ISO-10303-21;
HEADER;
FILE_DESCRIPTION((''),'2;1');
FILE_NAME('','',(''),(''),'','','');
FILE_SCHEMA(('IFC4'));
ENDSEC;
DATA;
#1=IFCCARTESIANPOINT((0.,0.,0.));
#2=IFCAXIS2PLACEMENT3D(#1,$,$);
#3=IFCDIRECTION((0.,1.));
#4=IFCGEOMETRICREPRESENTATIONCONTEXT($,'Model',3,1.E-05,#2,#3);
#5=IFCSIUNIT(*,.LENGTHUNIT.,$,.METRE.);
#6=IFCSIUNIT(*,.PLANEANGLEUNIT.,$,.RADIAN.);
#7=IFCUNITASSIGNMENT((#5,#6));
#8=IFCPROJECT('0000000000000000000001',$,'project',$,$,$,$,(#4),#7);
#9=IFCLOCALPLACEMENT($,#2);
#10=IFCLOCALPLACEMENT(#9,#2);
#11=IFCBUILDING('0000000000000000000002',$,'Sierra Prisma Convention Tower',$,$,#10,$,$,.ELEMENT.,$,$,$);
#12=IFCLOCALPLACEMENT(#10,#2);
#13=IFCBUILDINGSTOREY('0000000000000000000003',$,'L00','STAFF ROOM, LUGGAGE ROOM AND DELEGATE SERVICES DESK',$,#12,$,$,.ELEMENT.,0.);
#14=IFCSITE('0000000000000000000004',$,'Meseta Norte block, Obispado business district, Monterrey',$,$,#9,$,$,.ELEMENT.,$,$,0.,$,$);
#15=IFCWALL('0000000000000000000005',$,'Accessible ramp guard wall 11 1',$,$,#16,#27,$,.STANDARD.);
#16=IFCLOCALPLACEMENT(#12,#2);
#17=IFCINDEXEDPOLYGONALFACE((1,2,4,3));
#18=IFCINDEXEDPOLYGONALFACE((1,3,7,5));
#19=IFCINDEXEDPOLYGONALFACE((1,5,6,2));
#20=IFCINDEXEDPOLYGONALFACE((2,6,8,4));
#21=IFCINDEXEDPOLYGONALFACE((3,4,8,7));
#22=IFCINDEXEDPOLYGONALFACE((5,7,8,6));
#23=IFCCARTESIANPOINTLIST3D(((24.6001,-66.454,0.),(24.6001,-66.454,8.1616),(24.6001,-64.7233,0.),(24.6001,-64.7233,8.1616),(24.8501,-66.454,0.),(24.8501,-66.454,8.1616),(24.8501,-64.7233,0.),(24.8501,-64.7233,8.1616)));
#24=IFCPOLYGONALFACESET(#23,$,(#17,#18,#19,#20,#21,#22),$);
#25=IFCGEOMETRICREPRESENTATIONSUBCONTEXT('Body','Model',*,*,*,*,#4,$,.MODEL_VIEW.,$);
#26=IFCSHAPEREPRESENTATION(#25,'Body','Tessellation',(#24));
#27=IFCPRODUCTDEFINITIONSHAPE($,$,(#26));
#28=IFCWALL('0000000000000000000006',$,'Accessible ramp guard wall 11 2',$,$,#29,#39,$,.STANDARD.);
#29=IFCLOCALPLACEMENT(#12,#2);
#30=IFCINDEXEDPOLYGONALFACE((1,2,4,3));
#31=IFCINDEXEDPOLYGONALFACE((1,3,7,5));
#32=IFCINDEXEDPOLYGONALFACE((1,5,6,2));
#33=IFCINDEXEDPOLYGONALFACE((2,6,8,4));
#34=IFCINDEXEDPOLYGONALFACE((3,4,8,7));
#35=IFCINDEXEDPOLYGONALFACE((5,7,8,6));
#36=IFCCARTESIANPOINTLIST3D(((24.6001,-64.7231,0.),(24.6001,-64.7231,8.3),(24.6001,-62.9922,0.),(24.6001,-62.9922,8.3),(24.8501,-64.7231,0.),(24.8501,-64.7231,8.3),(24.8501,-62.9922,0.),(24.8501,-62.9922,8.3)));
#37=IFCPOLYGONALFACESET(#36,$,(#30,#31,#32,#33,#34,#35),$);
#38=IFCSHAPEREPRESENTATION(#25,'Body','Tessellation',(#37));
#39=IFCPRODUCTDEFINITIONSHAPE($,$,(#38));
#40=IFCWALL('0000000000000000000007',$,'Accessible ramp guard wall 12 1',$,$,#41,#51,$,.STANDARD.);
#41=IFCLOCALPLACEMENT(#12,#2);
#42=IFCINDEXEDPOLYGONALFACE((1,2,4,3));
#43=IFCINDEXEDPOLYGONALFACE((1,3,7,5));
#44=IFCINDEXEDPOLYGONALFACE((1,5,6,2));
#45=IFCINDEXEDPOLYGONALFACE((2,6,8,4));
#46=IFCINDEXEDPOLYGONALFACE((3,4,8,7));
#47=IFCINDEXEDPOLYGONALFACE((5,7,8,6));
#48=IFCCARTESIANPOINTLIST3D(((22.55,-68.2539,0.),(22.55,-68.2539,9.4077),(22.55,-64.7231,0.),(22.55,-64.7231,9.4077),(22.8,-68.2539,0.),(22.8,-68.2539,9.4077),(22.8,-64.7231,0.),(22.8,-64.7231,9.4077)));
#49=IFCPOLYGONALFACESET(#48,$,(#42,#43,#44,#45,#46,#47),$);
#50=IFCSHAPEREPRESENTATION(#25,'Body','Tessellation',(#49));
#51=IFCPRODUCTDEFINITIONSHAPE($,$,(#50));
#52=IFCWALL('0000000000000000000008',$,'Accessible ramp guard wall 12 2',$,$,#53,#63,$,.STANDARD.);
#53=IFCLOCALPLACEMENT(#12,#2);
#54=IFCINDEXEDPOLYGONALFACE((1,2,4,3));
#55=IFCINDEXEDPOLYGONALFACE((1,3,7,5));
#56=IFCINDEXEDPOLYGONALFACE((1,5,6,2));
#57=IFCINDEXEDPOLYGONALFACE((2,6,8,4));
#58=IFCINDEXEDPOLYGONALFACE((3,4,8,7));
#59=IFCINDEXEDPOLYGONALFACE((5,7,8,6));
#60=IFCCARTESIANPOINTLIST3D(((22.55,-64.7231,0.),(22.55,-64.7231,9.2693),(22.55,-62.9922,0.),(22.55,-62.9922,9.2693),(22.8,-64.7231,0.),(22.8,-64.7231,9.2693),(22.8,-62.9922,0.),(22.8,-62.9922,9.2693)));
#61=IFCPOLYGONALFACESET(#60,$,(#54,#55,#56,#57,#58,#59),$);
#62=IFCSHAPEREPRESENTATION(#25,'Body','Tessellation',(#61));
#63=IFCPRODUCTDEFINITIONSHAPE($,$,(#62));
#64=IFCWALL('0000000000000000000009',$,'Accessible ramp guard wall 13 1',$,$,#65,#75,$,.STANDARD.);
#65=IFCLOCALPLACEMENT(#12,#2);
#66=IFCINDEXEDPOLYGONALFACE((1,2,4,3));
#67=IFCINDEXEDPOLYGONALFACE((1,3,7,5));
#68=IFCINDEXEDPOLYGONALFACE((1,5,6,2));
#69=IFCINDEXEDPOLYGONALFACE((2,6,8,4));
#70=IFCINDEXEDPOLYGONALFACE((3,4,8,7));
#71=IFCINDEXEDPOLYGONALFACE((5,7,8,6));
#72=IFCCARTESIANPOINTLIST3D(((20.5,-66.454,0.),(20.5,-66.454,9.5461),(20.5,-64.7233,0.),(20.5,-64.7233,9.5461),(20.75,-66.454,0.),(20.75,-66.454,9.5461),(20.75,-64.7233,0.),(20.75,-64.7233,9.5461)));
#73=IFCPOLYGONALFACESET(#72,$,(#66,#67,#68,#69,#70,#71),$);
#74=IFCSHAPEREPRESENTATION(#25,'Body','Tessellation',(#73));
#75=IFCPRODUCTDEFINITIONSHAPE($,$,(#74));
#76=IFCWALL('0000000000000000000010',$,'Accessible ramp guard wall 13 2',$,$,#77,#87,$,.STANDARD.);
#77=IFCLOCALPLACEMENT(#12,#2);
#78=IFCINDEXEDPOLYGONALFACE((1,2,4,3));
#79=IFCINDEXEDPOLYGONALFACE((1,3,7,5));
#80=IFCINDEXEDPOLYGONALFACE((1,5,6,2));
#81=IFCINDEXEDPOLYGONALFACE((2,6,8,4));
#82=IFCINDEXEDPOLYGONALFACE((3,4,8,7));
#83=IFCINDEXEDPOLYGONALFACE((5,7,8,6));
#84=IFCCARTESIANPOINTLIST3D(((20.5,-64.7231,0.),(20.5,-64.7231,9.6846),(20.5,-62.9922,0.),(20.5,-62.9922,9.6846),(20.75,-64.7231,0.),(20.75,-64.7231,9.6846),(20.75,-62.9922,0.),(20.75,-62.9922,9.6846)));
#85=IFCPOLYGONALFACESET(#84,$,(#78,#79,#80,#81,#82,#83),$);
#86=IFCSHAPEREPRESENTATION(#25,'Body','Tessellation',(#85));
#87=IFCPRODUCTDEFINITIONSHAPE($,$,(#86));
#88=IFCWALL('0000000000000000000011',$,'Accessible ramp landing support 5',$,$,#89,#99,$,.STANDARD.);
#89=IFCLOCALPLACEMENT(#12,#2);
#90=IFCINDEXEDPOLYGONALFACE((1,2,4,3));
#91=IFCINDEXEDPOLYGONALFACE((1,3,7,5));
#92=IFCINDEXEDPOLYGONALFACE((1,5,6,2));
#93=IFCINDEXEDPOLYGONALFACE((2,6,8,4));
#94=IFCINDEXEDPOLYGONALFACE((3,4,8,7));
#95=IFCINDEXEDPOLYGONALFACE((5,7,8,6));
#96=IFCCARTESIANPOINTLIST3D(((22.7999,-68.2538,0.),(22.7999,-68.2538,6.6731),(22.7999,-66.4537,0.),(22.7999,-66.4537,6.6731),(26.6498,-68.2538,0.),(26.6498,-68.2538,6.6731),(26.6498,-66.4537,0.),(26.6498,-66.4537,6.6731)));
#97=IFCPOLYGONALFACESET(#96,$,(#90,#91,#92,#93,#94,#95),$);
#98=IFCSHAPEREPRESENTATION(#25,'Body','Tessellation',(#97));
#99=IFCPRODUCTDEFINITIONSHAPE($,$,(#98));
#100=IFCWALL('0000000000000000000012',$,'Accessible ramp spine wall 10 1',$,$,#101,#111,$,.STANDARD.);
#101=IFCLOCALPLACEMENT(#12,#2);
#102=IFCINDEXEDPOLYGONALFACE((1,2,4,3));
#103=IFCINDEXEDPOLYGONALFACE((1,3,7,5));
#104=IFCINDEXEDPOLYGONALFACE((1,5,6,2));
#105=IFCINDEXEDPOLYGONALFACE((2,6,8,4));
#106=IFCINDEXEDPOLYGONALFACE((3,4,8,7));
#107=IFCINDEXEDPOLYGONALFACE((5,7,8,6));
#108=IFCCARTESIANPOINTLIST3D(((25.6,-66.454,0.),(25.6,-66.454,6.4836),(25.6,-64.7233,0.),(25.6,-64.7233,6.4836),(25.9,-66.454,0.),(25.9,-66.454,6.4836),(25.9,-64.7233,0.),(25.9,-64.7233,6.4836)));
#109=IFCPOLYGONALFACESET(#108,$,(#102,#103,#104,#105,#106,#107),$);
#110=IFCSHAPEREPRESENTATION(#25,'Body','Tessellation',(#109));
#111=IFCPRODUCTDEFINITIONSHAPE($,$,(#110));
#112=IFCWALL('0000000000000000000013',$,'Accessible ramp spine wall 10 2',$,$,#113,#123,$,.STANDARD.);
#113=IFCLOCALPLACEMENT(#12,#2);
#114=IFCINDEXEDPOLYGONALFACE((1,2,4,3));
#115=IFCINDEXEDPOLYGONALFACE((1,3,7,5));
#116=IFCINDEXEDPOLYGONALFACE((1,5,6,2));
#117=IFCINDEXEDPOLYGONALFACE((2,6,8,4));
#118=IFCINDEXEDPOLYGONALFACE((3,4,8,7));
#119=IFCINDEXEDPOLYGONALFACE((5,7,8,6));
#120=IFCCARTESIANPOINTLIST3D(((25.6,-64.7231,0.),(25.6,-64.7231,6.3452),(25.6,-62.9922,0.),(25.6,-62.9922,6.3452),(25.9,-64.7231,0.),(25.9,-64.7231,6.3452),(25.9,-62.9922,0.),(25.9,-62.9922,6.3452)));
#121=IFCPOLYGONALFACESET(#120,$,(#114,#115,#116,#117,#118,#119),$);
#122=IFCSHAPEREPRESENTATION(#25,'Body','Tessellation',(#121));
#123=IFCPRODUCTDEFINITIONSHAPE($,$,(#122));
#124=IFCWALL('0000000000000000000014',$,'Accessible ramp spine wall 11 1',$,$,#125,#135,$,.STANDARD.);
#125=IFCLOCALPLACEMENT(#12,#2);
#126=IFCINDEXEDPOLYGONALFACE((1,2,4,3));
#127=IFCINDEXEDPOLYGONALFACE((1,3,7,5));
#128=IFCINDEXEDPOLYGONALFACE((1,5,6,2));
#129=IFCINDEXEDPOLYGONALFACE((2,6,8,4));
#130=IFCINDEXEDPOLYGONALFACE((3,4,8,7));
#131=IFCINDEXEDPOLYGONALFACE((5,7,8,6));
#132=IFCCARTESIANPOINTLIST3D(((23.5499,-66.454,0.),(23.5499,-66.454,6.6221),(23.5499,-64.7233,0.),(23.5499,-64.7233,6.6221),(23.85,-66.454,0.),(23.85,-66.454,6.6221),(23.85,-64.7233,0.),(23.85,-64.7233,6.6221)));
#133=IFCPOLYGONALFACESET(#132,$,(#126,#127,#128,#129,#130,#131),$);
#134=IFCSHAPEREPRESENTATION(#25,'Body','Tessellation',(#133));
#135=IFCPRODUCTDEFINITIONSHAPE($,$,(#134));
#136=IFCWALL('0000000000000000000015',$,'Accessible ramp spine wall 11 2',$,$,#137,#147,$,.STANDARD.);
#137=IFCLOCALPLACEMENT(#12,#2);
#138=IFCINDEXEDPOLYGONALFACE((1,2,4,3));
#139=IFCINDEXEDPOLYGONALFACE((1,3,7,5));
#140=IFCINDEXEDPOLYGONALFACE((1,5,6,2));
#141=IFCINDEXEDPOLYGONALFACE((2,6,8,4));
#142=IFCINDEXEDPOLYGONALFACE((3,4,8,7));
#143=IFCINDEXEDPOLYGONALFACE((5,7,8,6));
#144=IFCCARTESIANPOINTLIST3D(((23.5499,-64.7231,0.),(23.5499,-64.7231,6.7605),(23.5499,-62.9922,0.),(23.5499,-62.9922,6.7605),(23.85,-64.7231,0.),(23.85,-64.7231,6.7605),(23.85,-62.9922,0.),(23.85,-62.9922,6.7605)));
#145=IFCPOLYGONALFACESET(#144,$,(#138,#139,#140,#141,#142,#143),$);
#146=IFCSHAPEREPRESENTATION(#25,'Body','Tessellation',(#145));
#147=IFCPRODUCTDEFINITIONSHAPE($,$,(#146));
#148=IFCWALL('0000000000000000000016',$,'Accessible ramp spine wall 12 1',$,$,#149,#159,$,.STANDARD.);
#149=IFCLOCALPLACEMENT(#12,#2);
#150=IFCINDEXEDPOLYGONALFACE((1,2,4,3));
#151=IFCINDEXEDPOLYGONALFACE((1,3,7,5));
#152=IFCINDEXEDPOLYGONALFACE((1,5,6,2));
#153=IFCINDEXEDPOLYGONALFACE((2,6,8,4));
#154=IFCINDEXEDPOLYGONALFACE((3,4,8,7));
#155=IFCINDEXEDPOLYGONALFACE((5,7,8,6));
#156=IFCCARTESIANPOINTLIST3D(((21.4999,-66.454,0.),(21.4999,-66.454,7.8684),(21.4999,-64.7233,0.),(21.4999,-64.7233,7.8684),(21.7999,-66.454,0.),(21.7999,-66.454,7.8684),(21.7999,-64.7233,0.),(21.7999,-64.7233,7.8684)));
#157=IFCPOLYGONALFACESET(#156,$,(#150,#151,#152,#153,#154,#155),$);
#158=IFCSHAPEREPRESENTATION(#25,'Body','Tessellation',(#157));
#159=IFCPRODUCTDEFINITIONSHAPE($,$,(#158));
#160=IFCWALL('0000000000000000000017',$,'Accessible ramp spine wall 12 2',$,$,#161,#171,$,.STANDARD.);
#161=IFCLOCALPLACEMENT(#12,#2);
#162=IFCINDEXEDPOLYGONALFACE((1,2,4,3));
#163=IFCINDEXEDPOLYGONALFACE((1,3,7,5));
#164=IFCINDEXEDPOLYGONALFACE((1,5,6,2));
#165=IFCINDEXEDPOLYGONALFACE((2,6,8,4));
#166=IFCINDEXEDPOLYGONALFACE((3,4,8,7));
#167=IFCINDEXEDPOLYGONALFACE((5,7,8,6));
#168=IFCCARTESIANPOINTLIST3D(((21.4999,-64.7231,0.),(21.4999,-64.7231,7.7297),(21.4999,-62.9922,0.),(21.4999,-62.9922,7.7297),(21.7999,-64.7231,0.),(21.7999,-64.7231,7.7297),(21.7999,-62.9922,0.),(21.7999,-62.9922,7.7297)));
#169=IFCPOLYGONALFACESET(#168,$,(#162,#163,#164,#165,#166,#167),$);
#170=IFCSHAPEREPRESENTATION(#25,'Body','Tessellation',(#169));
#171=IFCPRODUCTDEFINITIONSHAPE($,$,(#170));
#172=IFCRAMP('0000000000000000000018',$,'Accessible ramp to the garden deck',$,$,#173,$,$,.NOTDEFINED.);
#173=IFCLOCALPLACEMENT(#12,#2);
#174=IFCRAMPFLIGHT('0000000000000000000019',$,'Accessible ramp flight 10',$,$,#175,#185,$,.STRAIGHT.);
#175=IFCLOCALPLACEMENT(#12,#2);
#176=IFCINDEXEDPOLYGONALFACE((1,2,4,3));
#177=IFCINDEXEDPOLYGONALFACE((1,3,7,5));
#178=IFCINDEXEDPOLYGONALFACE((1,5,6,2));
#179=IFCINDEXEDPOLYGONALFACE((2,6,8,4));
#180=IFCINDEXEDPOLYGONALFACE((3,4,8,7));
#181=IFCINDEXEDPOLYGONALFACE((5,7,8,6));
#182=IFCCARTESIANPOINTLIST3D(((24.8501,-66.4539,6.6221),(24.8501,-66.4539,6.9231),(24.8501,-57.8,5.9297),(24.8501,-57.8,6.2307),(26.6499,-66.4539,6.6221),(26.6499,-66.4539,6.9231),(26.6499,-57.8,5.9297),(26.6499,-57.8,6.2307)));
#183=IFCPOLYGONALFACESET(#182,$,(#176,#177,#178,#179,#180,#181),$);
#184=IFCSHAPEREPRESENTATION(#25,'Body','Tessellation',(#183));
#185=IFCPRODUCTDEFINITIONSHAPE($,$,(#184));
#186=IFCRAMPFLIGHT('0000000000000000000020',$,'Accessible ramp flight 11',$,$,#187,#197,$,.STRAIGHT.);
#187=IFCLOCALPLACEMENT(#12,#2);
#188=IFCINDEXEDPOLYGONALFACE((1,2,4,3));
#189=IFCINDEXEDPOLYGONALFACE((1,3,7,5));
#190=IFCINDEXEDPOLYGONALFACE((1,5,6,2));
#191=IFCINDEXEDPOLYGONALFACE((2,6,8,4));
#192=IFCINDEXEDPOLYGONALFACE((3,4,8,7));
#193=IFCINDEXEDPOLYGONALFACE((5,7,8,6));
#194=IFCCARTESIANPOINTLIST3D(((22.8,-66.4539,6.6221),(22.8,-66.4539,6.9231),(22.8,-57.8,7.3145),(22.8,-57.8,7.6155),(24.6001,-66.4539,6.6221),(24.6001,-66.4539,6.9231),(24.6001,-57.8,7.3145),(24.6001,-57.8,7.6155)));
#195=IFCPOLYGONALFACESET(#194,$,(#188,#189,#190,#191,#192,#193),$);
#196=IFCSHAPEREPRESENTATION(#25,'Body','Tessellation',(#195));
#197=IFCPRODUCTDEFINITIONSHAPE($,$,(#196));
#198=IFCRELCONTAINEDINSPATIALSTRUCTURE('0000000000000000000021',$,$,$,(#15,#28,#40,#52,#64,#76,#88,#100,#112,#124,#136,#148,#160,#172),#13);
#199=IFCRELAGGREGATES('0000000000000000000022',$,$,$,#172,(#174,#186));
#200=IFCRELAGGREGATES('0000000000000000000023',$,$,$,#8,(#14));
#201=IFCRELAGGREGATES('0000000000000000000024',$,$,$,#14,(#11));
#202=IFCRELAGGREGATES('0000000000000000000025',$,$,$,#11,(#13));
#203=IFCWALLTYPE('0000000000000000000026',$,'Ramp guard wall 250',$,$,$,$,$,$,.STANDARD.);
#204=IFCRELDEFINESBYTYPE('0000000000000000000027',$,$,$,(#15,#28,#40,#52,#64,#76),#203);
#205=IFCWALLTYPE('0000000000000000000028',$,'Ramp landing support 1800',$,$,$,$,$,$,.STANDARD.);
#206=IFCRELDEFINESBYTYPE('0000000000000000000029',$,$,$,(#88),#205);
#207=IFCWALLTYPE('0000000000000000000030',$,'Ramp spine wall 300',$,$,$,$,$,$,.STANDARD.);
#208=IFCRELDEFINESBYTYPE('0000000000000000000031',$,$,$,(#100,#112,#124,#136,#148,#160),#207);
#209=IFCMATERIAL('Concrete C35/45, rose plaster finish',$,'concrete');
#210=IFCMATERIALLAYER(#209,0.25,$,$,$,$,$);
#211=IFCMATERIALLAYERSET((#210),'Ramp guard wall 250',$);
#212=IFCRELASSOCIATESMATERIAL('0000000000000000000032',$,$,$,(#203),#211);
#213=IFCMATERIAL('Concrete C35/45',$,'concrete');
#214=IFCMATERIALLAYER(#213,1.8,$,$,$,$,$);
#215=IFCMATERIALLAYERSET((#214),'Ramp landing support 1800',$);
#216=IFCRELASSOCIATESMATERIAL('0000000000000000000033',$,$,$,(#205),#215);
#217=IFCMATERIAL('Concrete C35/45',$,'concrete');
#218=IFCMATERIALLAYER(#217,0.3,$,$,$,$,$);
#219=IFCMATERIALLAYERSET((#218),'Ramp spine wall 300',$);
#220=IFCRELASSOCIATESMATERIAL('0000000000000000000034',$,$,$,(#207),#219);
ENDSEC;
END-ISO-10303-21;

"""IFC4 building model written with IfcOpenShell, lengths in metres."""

from ifc_helpers import new_model, si_unit, direction, frame, frame_2d, origin, place, context, subcontext, project, spatial, polyline, rectangle, outline, extrude, material, layer, layer_set, type_object, element, aggregate, save


model = new_model("IFC4")

# Units and contexts
model_context = context("Model", 3, precision=1e-05, world=origin(), true_north=direction((0.0, 1.0)))
body_context = subcontext(model_context, "Body", "Model", "MODEL_VIEW")
ifc_project = project(units=[si_unit("LENGTHUNIT", "METRE"), si_unit("PLANEANGLEUNIT", "RADIAN")], contexts=[model_context])

# Site, building, storey
site_placement = place(None, origin())
site = spatial("IfcSite", under=ifc_project, at=site_placement, Name="Meseta Norte block, Obispado business district, Monterrey", CompositionType="ELEMENT", RefElevation=0.0)
building_placement = place(site_placement, origin())
building = spatial("IfcBuilding", under=site, at=building_placement, Name="Sierra Prisma Convention Tower", CompositionType="ELEMENT")
storey_placement = place(building_placement, origin())
storey = spatial("IfcBuildingStorey", under=building, at=storey_placement, Name="L00", Description="STAFF ROOM, LUGGAGE ROOM AND DELEGATE SERVICES DESK", CompositionType="ELEMENT", Elevation=0.0)

# Walls
ifc_material_1 = material(Name="Concrete C35/45, rose plaster finish", Category="concrete")
ifc_layer_1 = layer(ifc_material_1, 0.25)
ifc_layer_set_1 = layer_set([ifc_layer_1], Name="Ramp guard wall 250")
wall_type_1 = type_object("IfcWallType", Name="Ramp guard wall 250", PredefinedType="STANDARD", material=ifc_layer_set_1)
wall_1_placement = place(storey_placement, frame((24.7251, -66.4539, 0.0), z_axis=(0.0, 0.0, 1.0), x_axis=(0.0, 1.0, 0.0)))
element("IfcWall", 1, at=wall_1_placement, inside=storey, type_object=wall_type_1, Name="Accessible ramp guard wall 11 1", PredefinedType="STANDARD", context=body_context, shape_type="SweptSolid", body=[
    extrude(rectangle(XDim=1.7307, YDim=0.25, at=frame_2d((0.8652, 0.0))), origin(), (0.0, 0.0, 1.0), 8.1616),
])
wall_2_placement = place(storey_placement, frame((24.7251, -64.7231, 0.0), z_axis=(0.0, 0.0, 1.0), x_axis=(0.0, 1.0, 0.0)))
element("IfcWall", 2, at=wall_2_placement, inside=storey, type_object=wall_type_1, Name="Accessible ramp guard wall 11 2", PredefinedType="STANDARD", context=body_context, shape_type="SweptSolid", body=[
    extrude(rectangle(XDim=1.731, YDim=0.25, at=frame_2d((0.8655, 0.0))), origin(), (0.0, 0.0, 1.0), 8.3),
])
wall_3_placement = place(storey_placement, frame((22.675, -68.2539, 0.0), z_axis=(0.0, 0.0, 1.0), x_axis=(0.0, 1.0, 0.0)))
element("IfcWall", 3, at=wall_3_placement, inside=storey, type_object=wall_type_1, Name="Accessible ramp guard wall 12 1", PredefinedType="STANDARD", context=body_context, shape_type="SweptSolid", body=[
    extrude(rectangle(XDim=3.5308, YDim=0.25, at=frame_2d((1.7654, 0.0))), origin(), (0.0, 0.0, 1.0), 9.4077),
])
wall_4_placement = place(storey_placement, frame((22.675, -64.7231, 0.0), z_axis=(0.0, 0.0, 1.0), x_axis=(0.0, 1.0, 0.0)))
element("IfcWall", 4, at=wall_4_placement, inside=storey, type_object=wall_type_1, Name="Accessible ramp guard wall 12 2", PredefinedType="STANDARD", context=body_context, shape_type="SweptSolid", body=[
    extrude(rectangle(XDim=1.731, YDim=0.25, at=frame_2d((0.8655, 0.0))), origin(), (0.0, 0.0, 1.0), 9.2693),
])
wall_5_placement = place(storey_placement, frame((20.625, -66.4539, 0.0), z_axis=(0.0, 0.0, 1.0), x_axis=(0.0, 1.0, 0.0)))
element("IfcWall", 5, at=wall_5_placement, inside=storey, type_object=wall_type_1, Name="Accessible ramp guard wall 13 1", PredefinedType="STANDARD", context=body_context, shape_type="SweptSolid", body=[
    extrude(rectangle(XDim=1.7307, YDim=0.25, at=frame_2d((0.8652, 0.0))), origin(), (0.0, 0.0, 1.0), 9.5461),
])
wall_6_placement = place(storey_placement, frame((20.625, -64.7231, 0.0), z_axis=(0.0, 0.0, 1.0), x_axis=(0.0, 1.0, 0.0)))
element("IfcWall", 6, at=wall_6_placement, inside=storey, type_object=wall_type_1, Name="Accessible ramp guard wall 13 2", PredefinedType="STANDARD", context=body_context, shape_type="SweptSolid", body=[
    extrude(rectangle(XDim=1.731, YDim=0.25, at=frame_2d((0.8655, 0.0))), origin(), (0.0, 0.0, 1.0), 9.6846),
])
ifc_material_2 = material(Name="Concrete C35/45", Category="concrete")
ifc_layer_2 = layer(ifc_material_2, 1.8)
ifc_layer_set_2 = layer_set([ifc_layer_2], Name="Ramp landing support 1800")
wall_type_2 = type_object("IfcWallType", Name="Ramp landing support 1800", PredefinedType="STANDARD", material=ifc_layer_set_2)
wall_7_placement = place(storey_placement, frame((22.8, -67.3538, 0.0), z_axis=(0.0, 0.0, 1.0), x_axis=(1.0, 0.0, 0.0)))
element("IfcWall", 7, at=wall_7_placement, inside=storey, type_object=wall_type_2, Name="Accessible ramp landing support 5", PredefinedType="STANDARD", context=body_context, shape_type="SweptSolid", body=[
    extrude(rectangle(XDim=3.8499, YDim=1.8, at=frame_2d((1.9248, 0.0))), origin(), (0.0, 0.0, 1.0), 6.6731),
])
ifc_material_3 = material(Name="Concrete C35/45", Category="concrete")
ifc_layer_3 = layer(ifc_material_3, 0.3)
ifc_layer_set_3 = layer_set([ifc_layer_3], Name="Ramp spine wall 300")
wall_type_3 = type_object("IfcWallType", Name="Ramp spine wall 300", PredefinedType="STANDARD", material=ifc_layer_set_3)
wall_8_placement = place(storey_placement, frame((25.75, -66.4539, 0.0), z_axis=(0.0, 0.0, 1.0), x_axis=(0.0, 1.0, 0.0)))
element("IfcWall", 8, at=wall_8_placement, inside=storey, type_object=wall_type_3, Name="Accessible ramp spine wall 10 1", PredefinedType="STANDARD", context=body_context, shape_type="SweptSolid", body=[
    extrude(rectangle(XDim=1.7307, YDim=0.3, at=frame_2d((0.8652, 0.0))), origin(), (0.0, 0.0, 1.0), 6.4836),
])
wall_9_placement = place(storey_placement, frame((25.75, -64.7231, 0.0), z_axis=(0.0, 0.0, 1.0), x_axis=(0.0, 1.0, 0.0)))
element("IfcWall", 9, at=wall_9_placement, inside=storey, type_object=wall_type_3, Name="Accessible ramp spine wall 10 2", PredefinedType="STANDARD", context=body_context, shape_type="SweptSolid", body=[
    extrude(rectangle(XDim=1.731, YDim=0.3, at=frame_2d((0.8655, 0.0))), origin(), (0.0, 0.0, 1.0), 6.3452),
])
wall_10_placement = place(storey_placement, frame((23.7, -66.4539, 0.0), z_axis=(0.0, 0.0, 1.0), x_axis=(0.0, 1.0, 0.0)))
element("IfcWall", 10, at=wall_10_placement, inside=storey, type_object=wall_type_3, Name="Accessible ramp spine wall 11 1", PredefinedType="STANDARD", context=body_context, shape_type="SweptSolid", body=[
    extrude(rectangle(XDim=1.7307, YDim=0.3, at=frame_2d((0.8652, 0.0))), origin(), (0.0, 0.0, 1.0), 6.6221),
])
wall_11_placement = place(storey_placement, frame((23.7, -64.7231, 0.0), z_axis=(0.0, 0.0, 1.0), x_axis=(0.0, 1.0, 0.0)))
element("IfcWall", 11, at=wall_11_placement, inside=storey, type_object=wall_type_3, Name="Accessible ramp spine wall 11 2", PredefinedType="STANDARD", context=body_context, shape_type="SweptSolid", body=[
    extrude(rectangle(XDim=1.731, YDim=0.3, at=frame_2d((0.8655, 0.0))), origin(), (0.0, 0.0, 1.0), 6.7605),
])
wall_12_placement = place(storey_placement, frame((21.6499, -66.4539, 0.0), z_axis=(0.0, 0.0, 1.0), x_axis=(0.0, 1.0, 0.0)))
element("IfcWall", 12, at=wall_12_placement, inside=storey, type_object=wall_type_3, Name="Accessible ramp spine wall 12 1", PredefinedType="STANDARD", context=body_context, shape_type="SweptSolid", body=[
    extrude(rectangle(XDim=1.7307, YDim=0.3, at=frame_2d((0.8652, 0.0))), origin(), (0.0, 0.0, 1.0), 7.8684),
])
wall_13_placement = place(storey_placement, frame((21.6499, -64.7231, 0.0), z_axis=(0.0, 0.0, 1.0), x_axis=(0.0, 1.0, 0.0)))
element("IfcWall", 13, at=wall_13_placement, inside=storey, type_object=wall_type_3, Name="Accessible ramp spine wall 12 2", PredefinedType="STANDARD", context=body_context, shape_type="SweptSolid", body=[
    extrude(rectangle(XDim=1.731, YDim=0.3, at=frame_2d((0.8655, 0.0))), origin(), (0.0, 0.0, 1.0), 7.7297),
])

# Ramp, ramp flights
ramp_placement = place(storey_placement, origin())
ramp = element("IfcRamp", 14, at=ramp_placement, inside=storey, Name="Accessible ramp to the garden deck", PredefinedType="NOTDEFINED")
ramp_flight_1_placement = place(storey_placement, frame((24.8501, -66.4539, 6.9231), z_axis=(0.0, 0.0, 1.0), x_axis=(0.0, 1.0, 0.0)))
ramp_flight_1 = element("IfcRampFlight", 15, at=ramp_flight_1_placement, Name="Accessible ramp flight 10", PredefinedType="STRAIGHT", context=body_context, shape_type="SweptSolid", body=[
    extrude(outline(polyline([(0.0, -0.301), (8.6538, -0.9934), (8.6538, -0.6924), (0.0, 0.0), (0.0, -0.301)])), frame((0.0, 0.0, 0.0), z_axis=(0.0, -1.0, 0.0), x_axis=(1.0, 0.0, 0.0)), (0.0, 0.0, 1.0), 1.7998),
])
ramp_flight_2_placement = place(storey_placement, frame((22.8, -66.4539, 6.9231), z_axis=(0.0, 0.0, 1.0), x_axis=(0.0, 1.0, 0.0)))
ramp_flight_2 = element("IfcRampFlight", 16, at=ramp_flight_2_placement, Name="Accessible ramp flight 11", PredefinedType="STRAIGHT", context=body_context, shape_type="SweptSolid", body=[
    extrude(outline(polyline([(0.0, -0.301), (8.6538, 0.3914), (8.6538, 0.6924), (0.0, 0.0), (0.0, -0.301)])), frame((0.0, 0.0, 0.0), z_axis=(0.0, -1.0, 0.0), x_axis=(1.0, 0.0, 0.0)), (0.0, 0.0, 1.0), 1.8),
])
aggregate(ramp, [ramp_flight_1, ramp_flight_2])

save(model, "model.ifc")
